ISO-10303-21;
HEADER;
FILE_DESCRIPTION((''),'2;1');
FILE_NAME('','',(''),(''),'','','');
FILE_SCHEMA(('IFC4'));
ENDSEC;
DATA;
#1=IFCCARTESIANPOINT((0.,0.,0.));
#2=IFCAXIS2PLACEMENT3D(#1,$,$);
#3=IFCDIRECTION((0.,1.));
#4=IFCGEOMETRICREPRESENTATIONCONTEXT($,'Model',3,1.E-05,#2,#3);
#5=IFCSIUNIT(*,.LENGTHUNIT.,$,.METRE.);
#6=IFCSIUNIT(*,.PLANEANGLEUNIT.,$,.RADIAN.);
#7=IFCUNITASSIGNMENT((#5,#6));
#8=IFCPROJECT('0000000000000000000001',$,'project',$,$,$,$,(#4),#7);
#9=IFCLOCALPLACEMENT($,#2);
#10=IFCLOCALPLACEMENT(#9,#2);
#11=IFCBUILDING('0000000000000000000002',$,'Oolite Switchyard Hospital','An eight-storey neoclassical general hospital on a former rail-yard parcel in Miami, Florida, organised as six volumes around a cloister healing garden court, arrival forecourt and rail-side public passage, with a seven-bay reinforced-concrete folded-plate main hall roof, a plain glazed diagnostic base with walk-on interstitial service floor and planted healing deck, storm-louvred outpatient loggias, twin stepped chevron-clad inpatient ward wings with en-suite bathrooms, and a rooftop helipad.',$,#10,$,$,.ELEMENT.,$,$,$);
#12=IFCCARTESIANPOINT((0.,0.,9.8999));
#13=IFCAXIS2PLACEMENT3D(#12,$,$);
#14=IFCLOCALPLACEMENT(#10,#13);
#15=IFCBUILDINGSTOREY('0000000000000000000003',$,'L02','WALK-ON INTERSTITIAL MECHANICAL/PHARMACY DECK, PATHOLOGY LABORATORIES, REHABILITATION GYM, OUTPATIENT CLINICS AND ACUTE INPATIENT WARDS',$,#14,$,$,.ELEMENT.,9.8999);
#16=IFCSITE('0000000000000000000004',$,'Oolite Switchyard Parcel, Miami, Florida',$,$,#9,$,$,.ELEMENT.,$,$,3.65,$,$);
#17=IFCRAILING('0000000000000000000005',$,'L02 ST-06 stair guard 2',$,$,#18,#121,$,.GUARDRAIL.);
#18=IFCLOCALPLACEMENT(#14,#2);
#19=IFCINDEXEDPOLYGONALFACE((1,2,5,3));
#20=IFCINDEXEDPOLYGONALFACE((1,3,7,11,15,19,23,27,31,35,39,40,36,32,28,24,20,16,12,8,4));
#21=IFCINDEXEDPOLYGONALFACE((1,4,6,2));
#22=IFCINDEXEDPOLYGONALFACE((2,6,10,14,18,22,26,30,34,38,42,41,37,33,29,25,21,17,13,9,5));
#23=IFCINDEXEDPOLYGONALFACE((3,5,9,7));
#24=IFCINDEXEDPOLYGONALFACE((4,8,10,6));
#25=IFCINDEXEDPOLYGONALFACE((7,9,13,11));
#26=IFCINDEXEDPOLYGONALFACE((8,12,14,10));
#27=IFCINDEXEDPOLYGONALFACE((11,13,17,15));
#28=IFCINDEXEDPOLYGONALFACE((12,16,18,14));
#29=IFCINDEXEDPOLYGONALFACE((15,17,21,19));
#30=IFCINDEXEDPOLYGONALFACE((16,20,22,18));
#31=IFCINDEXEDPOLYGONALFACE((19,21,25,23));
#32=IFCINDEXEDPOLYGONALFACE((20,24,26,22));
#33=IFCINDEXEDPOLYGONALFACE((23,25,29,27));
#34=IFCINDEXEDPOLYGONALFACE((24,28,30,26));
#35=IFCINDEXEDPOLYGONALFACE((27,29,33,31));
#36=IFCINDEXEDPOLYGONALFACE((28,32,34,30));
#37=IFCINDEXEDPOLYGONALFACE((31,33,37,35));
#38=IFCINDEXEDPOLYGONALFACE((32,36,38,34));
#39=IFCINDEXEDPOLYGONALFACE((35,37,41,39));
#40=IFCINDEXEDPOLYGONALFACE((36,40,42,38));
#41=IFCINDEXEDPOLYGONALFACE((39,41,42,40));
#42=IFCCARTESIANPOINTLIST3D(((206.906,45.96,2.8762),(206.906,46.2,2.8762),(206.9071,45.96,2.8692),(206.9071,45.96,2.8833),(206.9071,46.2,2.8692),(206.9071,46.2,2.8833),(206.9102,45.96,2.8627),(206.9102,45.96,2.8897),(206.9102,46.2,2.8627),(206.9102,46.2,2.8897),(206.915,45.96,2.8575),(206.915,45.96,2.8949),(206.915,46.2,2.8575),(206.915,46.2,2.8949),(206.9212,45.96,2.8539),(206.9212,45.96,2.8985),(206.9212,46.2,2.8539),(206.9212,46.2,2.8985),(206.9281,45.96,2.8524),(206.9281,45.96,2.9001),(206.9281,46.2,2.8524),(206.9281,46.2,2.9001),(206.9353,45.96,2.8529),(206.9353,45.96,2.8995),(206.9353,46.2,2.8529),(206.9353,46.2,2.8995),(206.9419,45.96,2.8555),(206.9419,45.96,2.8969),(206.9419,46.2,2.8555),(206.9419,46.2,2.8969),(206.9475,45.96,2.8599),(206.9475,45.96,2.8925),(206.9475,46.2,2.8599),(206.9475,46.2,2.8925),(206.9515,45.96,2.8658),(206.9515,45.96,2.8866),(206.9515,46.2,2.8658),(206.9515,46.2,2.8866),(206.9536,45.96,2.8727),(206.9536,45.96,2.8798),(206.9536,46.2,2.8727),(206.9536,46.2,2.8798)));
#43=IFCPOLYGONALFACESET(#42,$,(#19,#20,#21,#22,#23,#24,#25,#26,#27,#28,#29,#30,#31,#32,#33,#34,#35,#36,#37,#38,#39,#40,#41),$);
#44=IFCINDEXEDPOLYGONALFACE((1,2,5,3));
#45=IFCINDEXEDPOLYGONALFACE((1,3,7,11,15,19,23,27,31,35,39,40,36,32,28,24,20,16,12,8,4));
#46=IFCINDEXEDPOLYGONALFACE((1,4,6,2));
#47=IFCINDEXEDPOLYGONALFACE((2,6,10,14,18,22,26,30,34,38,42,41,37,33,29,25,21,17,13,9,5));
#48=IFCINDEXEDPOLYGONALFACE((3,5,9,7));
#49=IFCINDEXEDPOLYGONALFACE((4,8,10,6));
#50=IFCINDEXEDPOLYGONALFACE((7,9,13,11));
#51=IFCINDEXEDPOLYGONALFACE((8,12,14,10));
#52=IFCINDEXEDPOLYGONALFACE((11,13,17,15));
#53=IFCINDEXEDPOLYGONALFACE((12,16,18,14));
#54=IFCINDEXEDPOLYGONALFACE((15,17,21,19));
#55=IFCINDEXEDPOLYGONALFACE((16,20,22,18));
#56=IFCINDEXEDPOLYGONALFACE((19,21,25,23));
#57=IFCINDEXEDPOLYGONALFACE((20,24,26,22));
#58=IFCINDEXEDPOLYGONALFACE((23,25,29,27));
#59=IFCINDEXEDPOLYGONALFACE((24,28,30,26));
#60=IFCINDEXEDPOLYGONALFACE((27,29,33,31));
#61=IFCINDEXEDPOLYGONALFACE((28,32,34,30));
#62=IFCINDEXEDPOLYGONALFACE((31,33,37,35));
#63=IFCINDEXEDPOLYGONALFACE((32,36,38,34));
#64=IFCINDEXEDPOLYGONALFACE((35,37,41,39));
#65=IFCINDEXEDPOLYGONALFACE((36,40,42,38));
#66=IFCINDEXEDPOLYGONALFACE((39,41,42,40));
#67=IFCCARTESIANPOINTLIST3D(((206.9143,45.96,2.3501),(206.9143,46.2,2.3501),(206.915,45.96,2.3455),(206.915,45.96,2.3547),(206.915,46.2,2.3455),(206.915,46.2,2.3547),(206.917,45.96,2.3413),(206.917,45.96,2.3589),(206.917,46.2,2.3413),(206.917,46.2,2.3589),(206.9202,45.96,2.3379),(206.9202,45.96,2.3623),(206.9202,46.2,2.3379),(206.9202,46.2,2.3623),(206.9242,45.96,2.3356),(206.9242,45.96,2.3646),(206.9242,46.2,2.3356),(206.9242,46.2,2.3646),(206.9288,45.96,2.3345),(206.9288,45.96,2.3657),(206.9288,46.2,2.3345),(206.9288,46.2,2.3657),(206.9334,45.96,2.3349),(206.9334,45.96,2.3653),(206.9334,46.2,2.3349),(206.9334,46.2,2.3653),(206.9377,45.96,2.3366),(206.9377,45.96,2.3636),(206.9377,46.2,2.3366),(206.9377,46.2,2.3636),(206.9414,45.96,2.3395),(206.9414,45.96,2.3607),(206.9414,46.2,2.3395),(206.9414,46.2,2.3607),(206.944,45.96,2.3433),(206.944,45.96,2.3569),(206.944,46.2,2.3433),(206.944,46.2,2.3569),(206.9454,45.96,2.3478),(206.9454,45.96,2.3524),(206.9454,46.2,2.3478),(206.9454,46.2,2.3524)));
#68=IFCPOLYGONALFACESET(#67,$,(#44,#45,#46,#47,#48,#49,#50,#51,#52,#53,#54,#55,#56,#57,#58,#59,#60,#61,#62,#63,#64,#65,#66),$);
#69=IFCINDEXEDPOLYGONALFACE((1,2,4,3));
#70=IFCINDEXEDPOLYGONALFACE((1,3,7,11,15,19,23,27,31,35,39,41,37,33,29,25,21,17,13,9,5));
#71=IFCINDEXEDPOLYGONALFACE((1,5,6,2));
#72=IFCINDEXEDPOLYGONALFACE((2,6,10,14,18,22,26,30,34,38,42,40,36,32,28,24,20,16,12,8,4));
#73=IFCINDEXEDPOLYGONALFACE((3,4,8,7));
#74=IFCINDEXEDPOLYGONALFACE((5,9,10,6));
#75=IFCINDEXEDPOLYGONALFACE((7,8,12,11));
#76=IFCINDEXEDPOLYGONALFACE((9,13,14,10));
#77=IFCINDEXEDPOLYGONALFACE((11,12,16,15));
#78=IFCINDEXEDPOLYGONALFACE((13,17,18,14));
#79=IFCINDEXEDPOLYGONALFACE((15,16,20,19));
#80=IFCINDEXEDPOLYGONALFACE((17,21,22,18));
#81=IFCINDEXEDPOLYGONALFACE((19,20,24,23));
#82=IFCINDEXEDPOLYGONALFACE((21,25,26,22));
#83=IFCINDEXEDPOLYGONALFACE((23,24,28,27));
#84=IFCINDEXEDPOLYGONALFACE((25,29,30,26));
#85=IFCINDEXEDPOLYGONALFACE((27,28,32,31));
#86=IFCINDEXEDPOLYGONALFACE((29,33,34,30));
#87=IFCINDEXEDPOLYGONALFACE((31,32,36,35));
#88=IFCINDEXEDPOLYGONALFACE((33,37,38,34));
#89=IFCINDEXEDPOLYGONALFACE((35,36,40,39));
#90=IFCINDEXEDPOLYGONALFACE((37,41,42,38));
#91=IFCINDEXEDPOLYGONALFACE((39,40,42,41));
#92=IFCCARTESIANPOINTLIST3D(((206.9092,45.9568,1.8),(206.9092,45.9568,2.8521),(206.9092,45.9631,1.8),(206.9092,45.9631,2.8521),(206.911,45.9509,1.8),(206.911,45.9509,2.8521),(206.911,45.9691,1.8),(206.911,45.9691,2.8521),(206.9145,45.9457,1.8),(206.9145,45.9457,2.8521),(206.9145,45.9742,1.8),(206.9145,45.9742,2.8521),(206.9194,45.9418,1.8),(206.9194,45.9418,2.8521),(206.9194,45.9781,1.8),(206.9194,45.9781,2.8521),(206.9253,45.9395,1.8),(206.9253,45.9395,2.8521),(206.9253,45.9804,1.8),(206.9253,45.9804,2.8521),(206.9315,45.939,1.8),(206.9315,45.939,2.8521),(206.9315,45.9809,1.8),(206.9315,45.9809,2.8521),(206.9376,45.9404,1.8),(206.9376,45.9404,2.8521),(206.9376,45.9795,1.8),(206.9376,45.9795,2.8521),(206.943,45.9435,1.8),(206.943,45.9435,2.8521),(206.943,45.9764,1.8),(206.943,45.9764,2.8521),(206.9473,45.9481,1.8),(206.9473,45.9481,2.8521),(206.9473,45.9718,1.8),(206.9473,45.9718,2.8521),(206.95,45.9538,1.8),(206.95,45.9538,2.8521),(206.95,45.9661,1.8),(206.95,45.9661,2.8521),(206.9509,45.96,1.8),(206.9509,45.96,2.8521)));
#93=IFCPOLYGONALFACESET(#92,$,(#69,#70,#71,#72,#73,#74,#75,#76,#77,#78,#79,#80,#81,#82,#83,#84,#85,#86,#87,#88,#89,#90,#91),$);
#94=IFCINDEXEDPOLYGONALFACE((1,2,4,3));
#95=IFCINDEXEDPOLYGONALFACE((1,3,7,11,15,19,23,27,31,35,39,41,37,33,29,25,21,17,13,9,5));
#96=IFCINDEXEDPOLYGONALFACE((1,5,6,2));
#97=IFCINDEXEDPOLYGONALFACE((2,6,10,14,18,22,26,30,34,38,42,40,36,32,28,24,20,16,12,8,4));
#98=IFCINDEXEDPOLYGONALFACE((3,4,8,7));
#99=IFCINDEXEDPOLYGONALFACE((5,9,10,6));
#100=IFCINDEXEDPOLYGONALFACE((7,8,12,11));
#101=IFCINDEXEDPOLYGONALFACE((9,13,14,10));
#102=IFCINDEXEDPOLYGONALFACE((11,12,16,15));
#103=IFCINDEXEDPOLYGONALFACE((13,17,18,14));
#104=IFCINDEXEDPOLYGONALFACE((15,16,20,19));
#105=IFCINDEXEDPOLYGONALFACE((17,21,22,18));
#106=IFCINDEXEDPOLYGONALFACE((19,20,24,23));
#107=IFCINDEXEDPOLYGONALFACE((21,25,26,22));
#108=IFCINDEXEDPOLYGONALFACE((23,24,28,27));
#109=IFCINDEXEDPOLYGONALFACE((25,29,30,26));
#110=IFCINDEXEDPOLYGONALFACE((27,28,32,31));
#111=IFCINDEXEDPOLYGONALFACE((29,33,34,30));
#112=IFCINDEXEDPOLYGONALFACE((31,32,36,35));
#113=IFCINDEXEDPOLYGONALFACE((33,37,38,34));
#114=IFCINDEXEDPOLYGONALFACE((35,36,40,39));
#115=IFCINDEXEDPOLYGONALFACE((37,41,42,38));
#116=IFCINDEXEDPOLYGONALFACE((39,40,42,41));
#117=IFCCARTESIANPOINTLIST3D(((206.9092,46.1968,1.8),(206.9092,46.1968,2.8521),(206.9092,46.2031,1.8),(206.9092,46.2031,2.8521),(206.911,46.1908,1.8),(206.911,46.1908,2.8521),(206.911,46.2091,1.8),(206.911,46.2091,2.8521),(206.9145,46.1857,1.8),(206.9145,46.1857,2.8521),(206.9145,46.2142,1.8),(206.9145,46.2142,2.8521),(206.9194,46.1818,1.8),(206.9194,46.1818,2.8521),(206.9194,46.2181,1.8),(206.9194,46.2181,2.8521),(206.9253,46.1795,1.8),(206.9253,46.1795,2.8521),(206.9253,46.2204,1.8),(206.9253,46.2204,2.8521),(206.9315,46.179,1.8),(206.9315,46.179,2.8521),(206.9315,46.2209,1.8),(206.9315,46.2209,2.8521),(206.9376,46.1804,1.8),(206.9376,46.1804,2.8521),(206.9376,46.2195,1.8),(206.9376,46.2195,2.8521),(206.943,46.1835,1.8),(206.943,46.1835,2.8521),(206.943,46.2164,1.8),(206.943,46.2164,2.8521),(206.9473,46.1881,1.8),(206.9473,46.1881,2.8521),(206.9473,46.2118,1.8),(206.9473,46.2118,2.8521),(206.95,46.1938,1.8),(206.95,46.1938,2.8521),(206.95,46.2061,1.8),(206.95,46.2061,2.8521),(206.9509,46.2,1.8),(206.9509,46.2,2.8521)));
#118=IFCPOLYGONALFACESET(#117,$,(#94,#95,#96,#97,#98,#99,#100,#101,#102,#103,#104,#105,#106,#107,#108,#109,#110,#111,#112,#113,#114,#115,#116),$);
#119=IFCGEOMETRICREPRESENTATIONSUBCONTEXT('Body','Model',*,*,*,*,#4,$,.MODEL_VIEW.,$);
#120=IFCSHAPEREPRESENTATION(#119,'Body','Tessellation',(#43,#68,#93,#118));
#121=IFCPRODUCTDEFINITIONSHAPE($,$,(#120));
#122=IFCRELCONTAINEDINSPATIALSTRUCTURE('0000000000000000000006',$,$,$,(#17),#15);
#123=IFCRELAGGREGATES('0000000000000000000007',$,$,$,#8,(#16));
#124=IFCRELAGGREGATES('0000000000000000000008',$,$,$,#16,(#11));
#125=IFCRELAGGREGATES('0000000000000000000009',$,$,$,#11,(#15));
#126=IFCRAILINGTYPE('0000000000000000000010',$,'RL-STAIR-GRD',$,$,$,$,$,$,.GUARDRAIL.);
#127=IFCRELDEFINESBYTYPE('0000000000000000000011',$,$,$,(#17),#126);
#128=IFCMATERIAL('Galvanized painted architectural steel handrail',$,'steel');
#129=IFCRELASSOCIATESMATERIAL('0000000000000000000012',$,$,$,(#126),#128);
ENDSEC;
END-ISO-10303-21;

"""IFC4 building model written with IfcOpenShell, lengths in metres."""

from ifc_helpers import new_model, si_unit, direction, frame, origin, origin_2d, place, context, subcontext, project, spatial, circle, extrude, material, type_object, element, save


model = new_model("IFC4")

# Units and contexts
model_context = context("Model", 3, precision=1e-05, world=origin(), true_north=direction((0.0, 1.0)))
body_context = subcontext(model_context, "Body", "Model", "MODEL_VIEW")
ifc_project = project(units=[si_unit("LENGTHUNIT", "METRE"), si_unit("PLANEANGLEUNIT", "RADIAN")], contexts=[model_context])

# Site, building, storey
site_placement = place(None, origin())
site = spatial("IfcSite", under=ifc_project, at=site_placement, Name="Oolite Switchyard Parcel, Miami, Florida", CompositionType="ELEMENT", RefElevation=3.65)
building_placement = place(site_placement, origin())
building = spatial("IfcBuilding", under=site, at=building_placement, Name="Oolite Switchyard Hospital", Description="An eight-storey neoclassical general hospital on a former rail-yard parcel in Miami, Florida, organised as six volumes around a cloister healing garden court, arrival forecourt and rail-side public passage, with a seven-bay reinforced-concrete folded-plate main hall roof, a plain glazed diagnostic base with walk-on interstitial service floor and planted healing deck, storm-louvred outpatient loggias, twin stepped chevron-clad inpatient ward wings with en-suite bathrooms, and a rooftop helipad.", CompositionType="ELEMENT")
storey_placement = place(building_placement, frame((0.0, 0.0, 9.8999)))
storey = spatial("IfcBuildingStorey", under=building, at=storey_placement, Name="L02", Description="WALK-ON INTERSTITIAL MECHANICAL/PHARMACY DECK, PATHOLOGY LABORATORIES, REHABILITATION GYM, OUTPATIENT CLINICS AND ACUTE INPATIENT WARDS", CompositionType="ELEMENT", Elevation=9.8999)

# Railing
ifc_material_1 = material(Name="Galvanized painted architectural steel handrail", Category="steel")
railing_type_1 = type_object("IfcRailingType", Name="RL-STAIR-GRD", PredefinedType="GUARDRAIL", material=ifc_material_1)
railing_1_placement = place(storey_placement, frame((206.9299, 45.96, 1.8)))
element("IfcRailing", 1, at=railing_1_placement, inside=storey, type_object=railing_type_1, Name="L02 ST-06 stair guard 2", PredefinedType="GUARDRAIL", context=body_context, shape_type="SweptSolid", body=[
    extrude(circle(Radius=0.0239, at=origin_2d()), frame((0.0, 0.0, 1.0762), z_axis=(0.0, 1.0, 0.0), x_axis=(-1.0, 0.0, 0.0)), (0.0, 0.0, 1.0), 0.24),
    extrude(circle(Radius=0.0156, at=origin_2d()), frame((0.0, 0.0, 0.55), z_axis=(0.0, 1.0, 0.0), x_axis=(-1.0, 0.0, 0.0)), (0.0, 0.0, 1.0), 0.24),
    extrude(circle(Radius=0.021, at=origin_2d()), origin(), (0.0, 0.0, 1.0), 1.052),
    extrude(circle(Radius=0.021, at=origin_2d()), frame((0.0, 0.24, 0.0)), (0.0, 0.0, 1.0), 1.052),
])

save(model, "model.ifc")
